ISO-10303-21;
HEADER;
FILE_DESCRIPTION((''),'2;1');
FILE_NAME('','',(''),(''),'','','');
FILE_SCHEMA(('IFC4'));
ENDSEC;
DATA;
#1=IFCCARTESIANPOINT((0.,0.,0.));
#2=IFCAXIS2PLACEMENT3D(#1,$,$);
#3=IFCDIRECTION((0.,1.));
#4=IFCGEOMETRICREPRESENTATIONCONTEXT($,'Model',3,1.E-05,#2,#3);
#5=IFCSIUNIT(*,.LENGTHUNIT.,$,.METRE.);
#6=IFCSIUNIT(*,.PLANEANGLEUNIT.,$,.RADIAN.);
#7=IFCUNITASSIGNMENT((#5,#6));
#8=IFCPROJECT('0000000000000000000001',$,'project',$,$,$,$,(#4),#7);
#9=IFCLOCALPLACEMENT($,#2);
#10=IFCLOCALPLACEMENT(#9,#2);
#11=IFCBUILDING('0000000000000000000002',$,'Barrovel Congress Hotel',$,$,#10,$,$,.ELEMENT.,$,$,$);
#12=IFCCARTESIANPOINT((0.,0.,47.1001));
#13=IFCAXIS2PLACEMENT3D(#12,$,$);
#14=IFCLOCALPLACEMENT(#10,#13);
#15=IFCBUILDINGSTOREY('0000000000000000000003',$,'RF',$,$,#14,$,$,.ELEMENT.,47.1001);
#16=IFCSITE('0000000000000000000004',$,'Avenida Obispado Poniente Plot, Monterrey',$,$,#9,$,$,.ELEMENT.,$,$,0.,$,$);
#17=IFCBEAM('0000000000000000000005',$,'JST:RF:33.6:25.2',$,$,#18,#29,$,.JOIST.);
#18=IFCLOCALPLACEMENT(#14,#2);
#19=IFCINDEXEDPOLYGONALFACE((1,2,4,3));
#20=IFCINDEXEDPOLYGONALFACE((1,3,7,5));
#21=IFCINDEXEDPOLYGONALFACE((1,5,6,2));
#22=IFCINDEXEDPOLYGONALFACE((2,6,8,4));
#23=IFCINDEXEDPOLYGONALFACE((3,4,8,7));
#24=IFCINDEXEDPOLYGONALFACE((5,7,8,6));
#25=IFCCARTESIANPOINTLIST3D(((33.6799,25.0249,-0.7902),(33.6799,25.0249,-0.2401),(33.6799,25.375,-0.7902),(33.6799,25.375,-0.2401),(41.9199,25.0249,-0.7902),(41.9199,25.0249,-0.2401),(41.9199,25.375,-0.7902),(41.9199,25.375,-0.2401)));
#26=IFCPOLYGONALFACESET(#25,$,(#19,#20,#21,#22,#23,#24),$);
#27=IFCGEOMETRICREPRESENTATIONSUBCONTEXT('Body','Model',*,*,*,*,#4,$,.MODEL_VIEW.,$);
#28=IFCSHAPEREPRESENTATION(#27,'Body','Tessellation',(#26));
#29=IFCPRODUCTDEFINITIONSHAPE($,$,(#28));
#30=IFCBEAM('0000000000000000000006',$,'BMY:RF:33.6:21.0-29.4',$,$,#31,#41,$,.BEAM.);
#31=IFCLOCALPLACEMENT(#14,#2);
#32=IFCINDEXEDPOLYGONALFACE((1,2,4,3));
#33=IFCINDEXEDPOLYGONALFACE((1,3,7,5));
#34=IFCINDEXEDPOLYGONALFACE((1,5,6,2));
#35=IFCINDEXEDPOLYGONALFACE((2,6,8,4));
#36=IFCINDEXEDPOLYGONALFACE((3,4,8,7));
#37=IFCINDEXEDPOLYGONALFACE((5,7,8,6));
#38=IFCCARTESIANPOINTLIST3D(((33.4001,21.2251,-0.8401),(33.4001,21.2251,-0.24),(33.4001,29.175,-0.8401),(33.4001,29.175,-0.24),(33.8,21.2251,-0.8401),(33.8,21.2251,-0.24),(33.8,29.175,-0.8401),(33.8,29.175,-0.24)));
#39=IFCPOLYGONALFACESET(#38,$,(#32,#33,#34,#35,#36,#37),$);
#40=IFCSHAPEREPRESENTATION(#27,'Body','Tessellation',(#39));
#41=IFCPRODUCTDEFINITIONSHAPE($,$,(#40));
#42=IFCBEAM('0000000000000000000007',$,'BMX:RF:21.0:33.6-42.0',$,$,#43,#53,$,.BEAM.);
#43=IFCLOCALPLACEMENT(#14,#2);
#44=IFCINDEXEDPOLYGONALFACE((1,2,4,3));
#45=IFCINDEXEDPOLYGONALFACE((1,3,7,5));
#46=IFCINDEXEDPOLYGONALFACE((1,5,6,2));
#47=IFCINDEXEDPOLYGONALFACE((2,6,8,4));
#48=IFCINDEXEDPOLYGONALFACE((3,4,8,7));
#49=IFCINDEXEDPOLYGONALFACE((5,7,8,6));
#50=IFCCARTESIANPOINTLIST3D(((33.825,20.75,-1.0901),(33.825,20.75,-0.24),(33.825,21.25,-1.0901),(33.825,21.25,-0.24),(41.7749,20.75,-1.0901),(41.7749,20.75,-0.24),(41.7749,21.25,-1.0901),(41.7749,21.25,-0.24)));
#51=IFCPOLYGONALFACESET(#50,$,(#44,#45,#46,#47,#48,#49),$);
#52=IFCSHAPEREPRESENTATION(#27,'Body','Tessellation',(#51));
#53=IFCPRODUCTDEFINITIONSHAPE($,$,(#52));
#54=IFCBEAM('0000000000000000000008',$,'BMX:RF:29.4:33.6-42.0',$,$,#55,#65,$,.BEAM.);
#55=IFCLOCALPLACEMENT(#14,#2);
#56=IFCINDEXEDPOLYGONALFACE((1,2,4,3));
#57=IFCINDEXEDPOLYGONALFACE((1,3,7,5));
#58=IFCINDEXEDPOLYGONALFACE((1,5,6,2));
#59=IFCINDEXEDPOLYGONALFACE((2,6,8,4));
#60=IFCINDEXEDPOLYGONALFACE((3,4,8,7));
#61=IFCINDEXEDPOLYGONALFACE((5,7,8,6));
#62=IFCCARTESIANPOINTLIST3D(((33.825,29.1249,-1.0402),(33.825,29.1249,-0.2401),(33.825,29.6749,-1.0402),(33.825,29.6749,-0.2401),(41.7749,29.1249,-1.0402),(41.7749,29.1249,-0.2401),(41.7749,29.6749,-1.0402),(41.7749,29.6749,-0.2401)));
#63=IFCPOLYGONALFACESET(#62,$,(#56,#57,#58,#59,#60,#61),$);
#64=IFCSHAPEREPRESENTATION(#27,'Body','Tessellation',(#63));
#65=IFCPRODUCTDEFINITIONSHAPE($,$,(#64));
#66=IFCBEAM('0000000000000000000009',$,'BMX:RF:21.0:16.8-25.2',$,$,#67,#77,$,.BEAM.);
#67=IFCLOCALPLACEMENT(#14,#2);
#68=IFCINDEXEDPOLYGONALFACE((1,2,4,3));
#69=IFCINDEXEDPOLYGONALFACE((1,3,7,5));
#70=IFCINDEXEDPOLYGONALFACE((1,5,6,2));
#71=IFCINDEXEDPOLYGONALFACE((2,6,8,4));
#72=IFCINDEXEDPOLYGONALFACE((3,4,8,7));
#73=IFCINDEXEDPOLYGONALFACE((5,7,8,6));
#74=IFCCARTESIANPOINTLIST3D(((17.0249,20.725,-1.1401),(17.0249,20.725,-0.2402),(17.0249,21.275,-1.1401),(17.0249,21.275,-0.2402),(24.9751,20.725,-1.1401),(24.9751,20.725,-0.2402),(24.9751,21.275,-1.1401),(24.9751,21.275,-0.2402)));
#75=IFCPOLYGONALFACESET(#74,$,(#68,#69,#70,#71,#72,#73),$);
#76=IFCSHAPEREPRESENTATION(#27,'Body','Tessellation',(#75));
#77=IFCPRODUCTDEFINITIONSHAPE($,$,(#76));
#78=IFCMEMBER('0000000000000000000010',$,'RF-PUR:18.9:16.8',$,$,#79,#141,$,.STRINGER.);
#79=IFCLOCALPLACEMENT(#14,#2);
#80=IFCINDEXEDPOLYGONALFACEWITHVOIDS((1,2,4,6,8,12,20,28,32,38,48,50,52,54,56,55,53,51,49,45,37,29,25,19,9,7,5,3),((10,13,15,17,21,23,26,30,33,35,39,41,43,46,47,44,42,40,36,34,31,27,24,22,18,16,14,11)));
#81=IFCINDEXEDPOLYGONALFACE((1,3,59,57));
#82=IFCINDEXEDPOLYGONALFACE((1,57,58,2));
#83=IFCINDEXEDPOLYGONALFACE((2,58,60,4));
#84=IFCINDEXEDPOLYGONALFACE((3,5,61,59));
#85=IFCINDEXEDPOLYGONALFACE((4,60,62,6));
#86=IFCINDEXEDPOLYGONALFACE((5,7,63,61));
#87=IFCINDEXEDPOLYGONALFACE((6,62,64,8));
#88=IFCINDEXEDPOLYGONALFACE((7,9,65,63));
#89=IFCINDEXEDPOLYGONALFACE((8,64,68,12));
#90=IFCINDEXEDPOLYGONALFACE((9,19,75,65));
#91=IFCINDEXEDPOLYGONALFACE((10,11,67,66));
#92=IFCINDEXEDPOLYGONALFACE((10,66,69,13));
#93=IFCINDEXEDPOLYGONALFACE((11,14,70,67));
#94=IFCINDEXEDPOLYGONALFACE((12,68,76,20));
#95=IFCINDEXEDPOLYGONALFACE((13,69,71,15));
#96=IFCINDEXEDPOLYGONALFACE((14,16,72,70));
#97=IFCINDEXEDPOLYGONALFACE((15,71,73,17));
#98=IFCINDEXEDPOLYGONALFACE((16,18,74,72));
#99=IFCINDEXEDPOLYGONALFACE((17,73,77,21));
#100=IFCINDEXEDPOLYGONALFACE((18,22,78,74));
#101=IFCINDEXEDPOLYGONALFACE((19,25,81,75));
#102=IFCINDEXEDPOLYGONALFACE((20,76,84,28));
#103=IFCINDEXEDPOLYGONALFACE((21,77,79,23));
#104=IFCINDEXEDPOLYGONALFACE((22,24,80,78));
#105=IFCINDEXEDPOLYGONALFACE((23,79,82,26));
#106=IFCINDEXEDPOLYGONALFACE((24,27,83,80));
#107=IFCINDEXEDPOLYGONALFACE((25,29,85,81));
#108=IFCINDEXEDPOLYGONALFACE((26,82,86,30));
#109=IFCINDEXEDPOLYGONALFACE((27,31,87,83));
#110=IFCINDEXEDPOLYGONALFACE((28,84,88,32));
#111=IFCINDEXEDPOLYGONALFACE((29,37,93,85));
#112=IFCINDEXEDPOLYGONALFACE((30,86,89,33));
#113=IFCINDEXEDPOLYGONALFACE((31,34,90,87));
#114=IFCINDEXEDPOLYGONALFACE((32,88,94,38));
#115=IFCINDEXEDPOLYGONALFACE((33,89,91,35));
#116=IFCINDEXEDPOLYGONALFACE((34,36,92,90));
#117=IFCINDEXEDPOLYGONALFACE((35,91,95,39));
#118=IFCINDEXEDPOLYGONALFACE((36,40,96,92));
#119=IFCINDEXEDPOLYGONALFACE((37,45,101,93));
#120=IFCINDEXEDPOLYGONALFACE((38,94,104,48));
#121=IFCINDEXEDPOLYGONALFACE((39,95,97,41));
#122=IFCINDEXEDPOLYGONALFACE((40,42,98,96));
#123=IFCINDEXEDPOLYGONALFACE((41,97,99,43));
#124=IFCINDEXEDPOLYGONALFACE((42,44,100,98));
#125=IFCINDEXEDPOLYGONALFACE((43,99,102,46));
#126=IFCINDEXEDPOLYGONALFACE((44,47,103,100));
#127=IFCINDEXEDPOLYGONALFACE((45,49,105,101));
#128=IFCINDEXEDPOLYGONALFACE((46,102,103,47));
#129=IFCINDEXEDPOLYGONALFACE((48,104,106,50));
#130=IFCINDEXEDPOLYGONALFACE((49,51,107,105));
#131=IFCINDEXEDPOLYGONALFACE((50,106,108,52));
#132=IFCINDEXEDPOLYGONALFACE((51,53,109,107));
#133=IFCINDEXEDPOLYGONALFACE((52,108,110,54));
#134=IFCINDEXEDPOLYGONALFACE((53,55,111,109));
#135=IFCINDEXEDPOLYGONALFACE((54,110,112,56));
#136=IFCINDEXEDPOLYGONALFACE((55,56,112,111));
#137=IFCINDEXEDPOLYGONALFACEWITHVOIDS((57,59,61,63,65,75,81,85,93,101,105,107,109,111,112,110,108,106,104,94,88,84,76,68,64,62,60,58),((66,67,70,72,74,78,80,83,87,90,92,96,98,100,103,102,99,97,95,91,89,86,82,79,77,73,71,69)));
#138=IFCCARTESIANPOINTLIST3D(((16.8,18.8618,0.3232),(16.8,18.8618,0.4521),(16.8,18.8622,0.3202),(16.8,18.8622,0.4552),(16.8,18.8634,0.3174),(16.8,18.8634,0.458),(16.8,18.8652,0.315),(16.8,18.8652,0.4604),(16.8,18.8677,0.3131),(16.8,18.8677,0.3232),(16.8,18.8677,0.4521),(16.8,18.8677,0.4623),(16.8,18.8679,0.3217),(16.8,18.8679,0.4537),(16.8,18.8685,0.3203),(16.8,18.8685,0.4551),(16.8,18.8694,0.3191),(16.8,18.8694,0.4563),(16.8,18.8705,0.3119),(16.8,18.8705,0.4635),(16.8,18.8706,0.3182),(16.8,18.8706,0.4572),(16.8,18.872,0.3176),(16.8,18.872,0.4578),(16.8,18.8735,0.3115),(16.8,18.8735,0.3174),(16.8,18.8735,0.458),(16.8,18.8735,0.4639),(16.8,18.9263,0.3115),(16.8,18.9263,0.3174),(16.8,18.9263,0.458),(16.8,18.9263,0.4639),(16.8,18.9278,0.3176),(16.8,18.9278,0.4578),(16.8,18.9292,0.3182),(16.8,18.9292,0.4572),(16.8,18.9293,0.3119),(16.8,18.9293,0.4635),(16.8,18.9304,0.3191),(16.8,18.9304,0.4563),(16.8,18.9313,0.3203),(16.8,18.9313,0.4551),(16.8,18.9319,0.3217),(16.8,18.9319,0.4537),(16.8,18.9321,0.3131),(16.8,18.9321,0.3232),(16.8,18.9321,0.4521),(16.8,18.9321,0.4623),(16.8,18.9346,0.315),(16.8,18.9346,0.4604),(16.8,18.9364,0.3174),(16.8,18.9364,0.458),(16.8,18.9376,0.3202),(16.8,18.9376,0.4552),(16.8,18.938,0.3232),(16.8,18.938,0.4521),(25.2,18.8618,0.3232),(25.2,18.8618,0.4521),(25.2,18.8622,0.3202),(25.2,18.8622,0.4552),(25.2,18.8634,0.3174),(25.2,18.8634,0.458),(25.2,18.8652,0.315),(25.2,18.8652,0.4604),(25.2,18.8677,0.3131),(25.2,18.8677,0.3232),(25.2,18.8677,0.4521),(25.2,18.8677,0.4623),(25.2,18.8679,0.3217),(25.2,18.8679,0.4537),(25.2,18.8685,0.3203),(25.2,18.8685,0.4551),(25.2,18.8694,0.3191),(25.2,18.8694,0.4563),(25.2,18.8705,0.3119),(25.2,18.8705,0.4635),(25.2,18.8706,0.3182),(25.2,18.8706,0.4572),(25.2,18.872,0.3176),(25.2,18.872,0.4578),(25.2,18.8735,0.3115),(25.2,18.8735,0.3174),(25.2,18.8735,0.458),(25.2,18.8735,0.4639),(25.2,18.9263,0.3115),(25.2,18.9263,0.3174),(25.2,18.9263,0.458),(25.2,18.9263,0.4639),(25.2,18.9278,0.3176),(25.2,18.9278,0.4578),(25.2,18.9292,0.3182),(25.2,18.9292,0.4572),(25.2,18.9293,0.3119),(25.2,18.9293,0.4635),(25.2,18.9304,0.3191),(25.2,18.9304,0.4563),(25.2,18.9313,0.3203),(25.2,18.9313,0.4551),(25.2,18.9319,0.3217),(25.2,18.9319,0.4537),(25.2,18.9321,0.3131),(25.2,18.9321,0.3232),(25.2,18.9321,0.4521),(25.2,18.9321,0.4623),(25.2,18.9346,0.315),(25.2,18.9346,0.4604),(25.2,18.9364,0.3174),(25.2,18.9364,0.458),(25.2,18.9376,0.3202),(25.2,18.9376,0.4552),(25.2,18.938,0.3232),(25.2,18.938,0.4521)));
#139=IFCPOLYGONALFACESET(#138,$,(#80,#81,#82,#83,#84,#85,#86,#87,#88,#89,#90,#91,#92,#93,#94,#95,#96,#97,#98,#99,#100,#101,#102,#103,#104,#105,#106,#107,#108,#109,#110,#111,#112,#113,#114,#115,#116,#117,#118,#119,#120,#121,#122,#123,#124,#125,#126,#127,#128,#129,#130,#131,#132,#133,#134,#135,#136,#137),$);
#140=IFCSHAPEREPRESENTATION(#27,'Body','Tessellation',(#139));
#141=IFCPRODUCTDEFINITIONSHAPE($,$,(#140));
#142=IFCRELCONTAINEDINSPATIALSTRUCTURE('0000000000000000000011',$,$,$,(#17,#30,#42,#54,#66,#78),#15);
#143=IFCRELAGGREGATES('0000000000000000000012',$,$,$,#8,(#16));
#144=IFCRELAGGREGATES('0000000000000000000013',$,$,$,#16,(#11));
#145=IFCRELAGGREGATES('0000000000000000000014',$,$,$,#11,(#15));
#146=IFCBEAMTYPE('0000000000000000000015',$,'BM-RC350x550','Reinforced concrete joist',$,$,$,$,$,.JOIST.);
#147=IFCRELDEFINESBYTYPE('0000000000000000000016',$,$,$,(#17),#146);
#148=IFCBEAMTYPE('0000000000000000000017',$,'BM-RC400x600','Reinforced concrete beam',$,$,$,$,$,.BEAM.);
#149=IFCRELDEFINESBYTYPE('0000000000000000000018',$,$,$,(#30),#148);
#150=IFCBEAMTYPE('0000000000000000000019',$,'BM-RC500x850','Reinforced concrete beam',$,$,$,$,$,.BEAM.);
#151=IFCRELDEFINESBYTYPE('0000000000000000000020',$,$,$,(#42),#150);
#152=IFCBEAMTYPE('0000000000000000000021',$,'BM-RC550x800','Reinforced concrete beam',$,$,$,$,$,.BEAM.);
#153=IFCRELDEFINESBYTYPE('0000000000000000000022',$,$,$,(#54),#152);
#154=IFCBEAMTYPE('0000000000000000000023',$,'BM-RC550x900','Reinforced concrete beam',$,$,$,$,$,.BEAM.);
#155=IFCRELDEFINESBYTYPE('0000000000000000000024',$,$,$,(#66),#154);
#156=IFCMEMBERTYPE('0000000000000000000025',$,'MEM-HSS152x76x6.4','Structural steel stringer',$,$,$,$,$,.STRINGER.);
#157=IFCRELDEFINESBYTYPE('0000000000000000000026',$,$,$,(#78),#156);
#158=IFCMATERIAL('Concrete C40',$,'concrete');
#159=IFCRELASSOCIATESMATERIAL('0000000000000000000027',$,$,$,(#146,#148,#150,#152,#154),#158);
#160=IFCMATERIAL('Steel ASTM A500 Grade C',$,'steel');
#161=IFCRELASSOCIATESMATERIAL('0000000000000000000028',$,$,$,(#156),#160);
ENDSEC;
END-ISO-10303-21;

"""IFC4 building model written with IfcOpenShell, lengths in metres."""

from ifc_helpers import new_model, si_unit, direction, frame, origin, origin_2d, place, context, subcontext, project, spatial, rectangle, hollow_rectangle, extrude, material, material_profile, profile_set, type_object, element, save


model = new_model("IFC4")

# Units and contexts
model_context = context("Model", 3, precision=1e-05, world=origin(), true_north=direction((0.0, 1.0)))
body_context = subcontext(model_context, "Body", "Model", "MODEL_VIEW")
ifc_project = project(units=[si_unit("LENGTHUNIT", "METRE"), si_unit("PLANEANGLEUNIT", "RADIAN")], contexts=[model_context])

# Site, building, storey
site_placement = place(None, origin())
site = spatial("IfcSite", under=ifc_project, at=site_placement, Name="Avenida Obispado Poniente Plot, Monterrey", CompositionType="ELEMENT", RefElevation=0.0)
building_placement = place(site_placement, origin())
building = spatial("IfcBuilding", under=site, at=building_placement, Name="Barrovel Congress Hotel", CompositionType="ELEMENT")
storey_placement = place(building_placement, frame((0.0, 0.0, 47.1001)))
storey = spatial("IfcBuildingStorey", under=building, at=storey_placement, Name="RF", CompositionType="ELEMENT", Elevation=47.1001)

# Beams
ifc_material_1 = material(Name="Concrete C40", Category="concrete")
ifc_material_profile_1 = material_profile(ifc_material_1, rectangle(XDim=0.3501, YDim=0.55, at=origin_2d()), Name="RC350x550")
ifc_profile_set_1 = profile_set([ifc_material_profile_1], Name="Concrete C40")
beam_type_1 = type_object("IfcBeamType", Name="BM-RC350x550", Description="Reinforced concrete joist", PredefinedType="JOIST", material=ifc_profile_set_1)
beam_1_placement = place(storey_placement, frame((33.6799, 25.2, -0.5151), z_axis=(1.0, 0.0, 0.0), x_axis=(0.0, 1.0, 0.0)))
element("IfcBeam", 1, at=beam_1_placement, inside=storey, type_object=beam_type_1, Name="JST:RF:33.6:25.2", PredefinedType="JOIST", context=body_context, shape_type="SweptSolid", body=[
    extrude(rectangle(XDim=0.3501, YDim=0.55, at=origin_2d()), origin(), (0.0, 0.0, 1.0), 8.24),
])
ifc_material_profile_2 = material_profile(ifc_material_1, rectangle(XDim=0.3999, YDim=0.6001, at=origin_2d()), Name="RC400x600")
ifc_profile_set_2 = profile_set([ifc_material_profile_2], Name="Concrete C40")
beam_type_2 = type_object("IfcBeamType", Name="BM-RC400x600", Description="Reinforced concrete beam", PredefinedType="BEAM", material=ifc_profile_set_2)
beam_2_placement = place(storey_placement, frame((33.6001, 21.2251, -0.54), z_axis=(0.0, 1.0, 0.0), x_axis=(-1.0, 0.0, 0.0)))
element("IfcBeam", 2, at=beam_2_placement, inside=storey, type_object=beam_type_2, Name="BMY:RF:33.6:21.0-29.4", PredefinedType="BEAM", context=body_context, shape_type="SweptSolid", body=[
    extrude(rectangle(XDim=0.3999, YDim=0.6001, at=origin_2d()), origin(), (0.0, 0.0, 1.0), 7.95),
])
ifc_material_profile_3 = material_profile(ifc_material_1, rectangle(XDim=0.5, YDim=0.8501, at=origin_2d()), Name="RC500x850")
ifc_profile_set_3 = profile_set([ifc_material_profile_3], Name="Concrete C40")
beam_type_3 = type_object("IfcBeamType", Name="BM-RC500x850", Description="Reinforced concrete beam", PredefinedType="BEAM", material=ifc_profile_set_3)
beam_3_placement = place(storey_placement, frame((33.825, 21.0, -0.665), z_axis=(1.0, 0.0, 0.0), x_axis=(0.0, 1.0, 0.0)))
element("IfcBeam", 3, at=beam_3_placement, inside=storey, type_object=beam_type_3, Name="BMX:RF:21.0:33.6-42.0", PredefinedType="BEAM", context=body_context, shape_type="SweptSolid", body=[
    extrude(rectangle(XDim=0.5, YDim=0.8501, at=origin_2d()), origin(), (0.0, 0.0, 1.0), 7.95),
])
ifc_material_profile_4 = material_profile(ifc_material_1, rectangle(XDim=0.55, YDim=0.8, at=origin_2d()), Name="RC550x800")
ifc_profile_set_4 = profile_set([ifc_material_profile_4], Name="Concrete C40")
beam_type_4 = type_object("IfcBeamType", Name="BM-RC550x800", Description="Reinforced concrete beam", PredefinedType="BEAM", material=ifc_profile_set_4)
beam_4_placement = place(storey_placement, frame((33.825, 29.3999, -0.6401), z_axis=(1.0, 0.0, 0.0), x_axis=(0.0, 1.0, 0.0)))
element("IfcBeam", 4, at=beam_4_placement, inside=storey, type_object=beam_type_4, Name="BMX:RF:29.4:33.6-42.0", PredefinedType="BEAM", context=body_context, shape_type="SweptSolid", body=[
    extrude(rectangle(XDim=0.55, YDim=0.8, at=origin_2d()), origin(), (0.0, 0.0, 1.0), 7.95),
])
ifc_material_profile_5 = material_profile(ifc_material_1, rectangle(XDim=0.55, YDim=0.8999, at=origin_2d()), Name="RC550x900")
ifc_profile_set_5 = profile_set([ifc_material_profile_5], Name="Concrete C40")
beam_type_5 = type_object("IfcBeamType", Name="BM-RC550x900", Description="Reinforced concrete beam", PredefinedType="BEAM", material=ifc_profile_set_5)
beam_5_placement = place(storey_placement, frame((17.0249, 21.0, -0.6902), z_axis=(1.0, 0.0, 0.0), x_axis=(0.0, 1.0, 0.0)))
element("IfcBeam", 5, at=beam_5_placement, inside=storey, type_object=beam_type_5, Name="BMX:RF:21.0:16.8-25.2", PredefinedType="BEAM", context=body_context, shape_type="SweptSolid", body=[
    extrude(rectangle(XDim=0.55, YDim=0.8999, at=origin_2d()), origin(), (0.0, 0.0, 1.0), 7.9502),
])

# Member
ifc_material_2 = material(Name="Steel ASTM A500 Grade C", Category="steel")
ifc_material_profile_6 = material_profile(ifc_material_2, hollow_rectangle(XDim=0.0762, YDim=0.1523, WallThickness=0.0059, InnerFilletRadius=0.0059, OuterFilletRadius=0.0117, at=origin_2d()), Name="HSS152x76x6.4")
ifc_profile_set_6 = profile_set([ifc_material_profile_6], Name="Steel ASTM A500 Grade C")
member_type_1 = type_object("IfcMemberType", Name="MEM-HSS152x76x6.4", Description="Structural steel stringer", PredefinedType="STRINGER", material=ifc_profile_set_6)
member_1_placement = place(storey_placement, frame((16.8, 18.8999, 0.3877), z_axis=(1.0, 0.0, 0.0), x_axis=(0.0, 1.0, 0.0)))
element("IfcMember", 6, at=member_1_placement, inside=storey, type_object=member_type_1, Name="RF-PUR:18.9:16.8", PredefinedType="STRINGER", context=body_context, shape_type="SweptSolid", body=[
    extrude(hollow_rectangle(XDim=0.0762, YDim=0.1523, WallThickness=0.0059, InnerFilletRadius=0.0059, OuterFilletRadius=0.0117, at=origin_2d()), origin(), (0.0, 0.0, 1.0), 8.3999),
])

save(model, "model.ifc")
